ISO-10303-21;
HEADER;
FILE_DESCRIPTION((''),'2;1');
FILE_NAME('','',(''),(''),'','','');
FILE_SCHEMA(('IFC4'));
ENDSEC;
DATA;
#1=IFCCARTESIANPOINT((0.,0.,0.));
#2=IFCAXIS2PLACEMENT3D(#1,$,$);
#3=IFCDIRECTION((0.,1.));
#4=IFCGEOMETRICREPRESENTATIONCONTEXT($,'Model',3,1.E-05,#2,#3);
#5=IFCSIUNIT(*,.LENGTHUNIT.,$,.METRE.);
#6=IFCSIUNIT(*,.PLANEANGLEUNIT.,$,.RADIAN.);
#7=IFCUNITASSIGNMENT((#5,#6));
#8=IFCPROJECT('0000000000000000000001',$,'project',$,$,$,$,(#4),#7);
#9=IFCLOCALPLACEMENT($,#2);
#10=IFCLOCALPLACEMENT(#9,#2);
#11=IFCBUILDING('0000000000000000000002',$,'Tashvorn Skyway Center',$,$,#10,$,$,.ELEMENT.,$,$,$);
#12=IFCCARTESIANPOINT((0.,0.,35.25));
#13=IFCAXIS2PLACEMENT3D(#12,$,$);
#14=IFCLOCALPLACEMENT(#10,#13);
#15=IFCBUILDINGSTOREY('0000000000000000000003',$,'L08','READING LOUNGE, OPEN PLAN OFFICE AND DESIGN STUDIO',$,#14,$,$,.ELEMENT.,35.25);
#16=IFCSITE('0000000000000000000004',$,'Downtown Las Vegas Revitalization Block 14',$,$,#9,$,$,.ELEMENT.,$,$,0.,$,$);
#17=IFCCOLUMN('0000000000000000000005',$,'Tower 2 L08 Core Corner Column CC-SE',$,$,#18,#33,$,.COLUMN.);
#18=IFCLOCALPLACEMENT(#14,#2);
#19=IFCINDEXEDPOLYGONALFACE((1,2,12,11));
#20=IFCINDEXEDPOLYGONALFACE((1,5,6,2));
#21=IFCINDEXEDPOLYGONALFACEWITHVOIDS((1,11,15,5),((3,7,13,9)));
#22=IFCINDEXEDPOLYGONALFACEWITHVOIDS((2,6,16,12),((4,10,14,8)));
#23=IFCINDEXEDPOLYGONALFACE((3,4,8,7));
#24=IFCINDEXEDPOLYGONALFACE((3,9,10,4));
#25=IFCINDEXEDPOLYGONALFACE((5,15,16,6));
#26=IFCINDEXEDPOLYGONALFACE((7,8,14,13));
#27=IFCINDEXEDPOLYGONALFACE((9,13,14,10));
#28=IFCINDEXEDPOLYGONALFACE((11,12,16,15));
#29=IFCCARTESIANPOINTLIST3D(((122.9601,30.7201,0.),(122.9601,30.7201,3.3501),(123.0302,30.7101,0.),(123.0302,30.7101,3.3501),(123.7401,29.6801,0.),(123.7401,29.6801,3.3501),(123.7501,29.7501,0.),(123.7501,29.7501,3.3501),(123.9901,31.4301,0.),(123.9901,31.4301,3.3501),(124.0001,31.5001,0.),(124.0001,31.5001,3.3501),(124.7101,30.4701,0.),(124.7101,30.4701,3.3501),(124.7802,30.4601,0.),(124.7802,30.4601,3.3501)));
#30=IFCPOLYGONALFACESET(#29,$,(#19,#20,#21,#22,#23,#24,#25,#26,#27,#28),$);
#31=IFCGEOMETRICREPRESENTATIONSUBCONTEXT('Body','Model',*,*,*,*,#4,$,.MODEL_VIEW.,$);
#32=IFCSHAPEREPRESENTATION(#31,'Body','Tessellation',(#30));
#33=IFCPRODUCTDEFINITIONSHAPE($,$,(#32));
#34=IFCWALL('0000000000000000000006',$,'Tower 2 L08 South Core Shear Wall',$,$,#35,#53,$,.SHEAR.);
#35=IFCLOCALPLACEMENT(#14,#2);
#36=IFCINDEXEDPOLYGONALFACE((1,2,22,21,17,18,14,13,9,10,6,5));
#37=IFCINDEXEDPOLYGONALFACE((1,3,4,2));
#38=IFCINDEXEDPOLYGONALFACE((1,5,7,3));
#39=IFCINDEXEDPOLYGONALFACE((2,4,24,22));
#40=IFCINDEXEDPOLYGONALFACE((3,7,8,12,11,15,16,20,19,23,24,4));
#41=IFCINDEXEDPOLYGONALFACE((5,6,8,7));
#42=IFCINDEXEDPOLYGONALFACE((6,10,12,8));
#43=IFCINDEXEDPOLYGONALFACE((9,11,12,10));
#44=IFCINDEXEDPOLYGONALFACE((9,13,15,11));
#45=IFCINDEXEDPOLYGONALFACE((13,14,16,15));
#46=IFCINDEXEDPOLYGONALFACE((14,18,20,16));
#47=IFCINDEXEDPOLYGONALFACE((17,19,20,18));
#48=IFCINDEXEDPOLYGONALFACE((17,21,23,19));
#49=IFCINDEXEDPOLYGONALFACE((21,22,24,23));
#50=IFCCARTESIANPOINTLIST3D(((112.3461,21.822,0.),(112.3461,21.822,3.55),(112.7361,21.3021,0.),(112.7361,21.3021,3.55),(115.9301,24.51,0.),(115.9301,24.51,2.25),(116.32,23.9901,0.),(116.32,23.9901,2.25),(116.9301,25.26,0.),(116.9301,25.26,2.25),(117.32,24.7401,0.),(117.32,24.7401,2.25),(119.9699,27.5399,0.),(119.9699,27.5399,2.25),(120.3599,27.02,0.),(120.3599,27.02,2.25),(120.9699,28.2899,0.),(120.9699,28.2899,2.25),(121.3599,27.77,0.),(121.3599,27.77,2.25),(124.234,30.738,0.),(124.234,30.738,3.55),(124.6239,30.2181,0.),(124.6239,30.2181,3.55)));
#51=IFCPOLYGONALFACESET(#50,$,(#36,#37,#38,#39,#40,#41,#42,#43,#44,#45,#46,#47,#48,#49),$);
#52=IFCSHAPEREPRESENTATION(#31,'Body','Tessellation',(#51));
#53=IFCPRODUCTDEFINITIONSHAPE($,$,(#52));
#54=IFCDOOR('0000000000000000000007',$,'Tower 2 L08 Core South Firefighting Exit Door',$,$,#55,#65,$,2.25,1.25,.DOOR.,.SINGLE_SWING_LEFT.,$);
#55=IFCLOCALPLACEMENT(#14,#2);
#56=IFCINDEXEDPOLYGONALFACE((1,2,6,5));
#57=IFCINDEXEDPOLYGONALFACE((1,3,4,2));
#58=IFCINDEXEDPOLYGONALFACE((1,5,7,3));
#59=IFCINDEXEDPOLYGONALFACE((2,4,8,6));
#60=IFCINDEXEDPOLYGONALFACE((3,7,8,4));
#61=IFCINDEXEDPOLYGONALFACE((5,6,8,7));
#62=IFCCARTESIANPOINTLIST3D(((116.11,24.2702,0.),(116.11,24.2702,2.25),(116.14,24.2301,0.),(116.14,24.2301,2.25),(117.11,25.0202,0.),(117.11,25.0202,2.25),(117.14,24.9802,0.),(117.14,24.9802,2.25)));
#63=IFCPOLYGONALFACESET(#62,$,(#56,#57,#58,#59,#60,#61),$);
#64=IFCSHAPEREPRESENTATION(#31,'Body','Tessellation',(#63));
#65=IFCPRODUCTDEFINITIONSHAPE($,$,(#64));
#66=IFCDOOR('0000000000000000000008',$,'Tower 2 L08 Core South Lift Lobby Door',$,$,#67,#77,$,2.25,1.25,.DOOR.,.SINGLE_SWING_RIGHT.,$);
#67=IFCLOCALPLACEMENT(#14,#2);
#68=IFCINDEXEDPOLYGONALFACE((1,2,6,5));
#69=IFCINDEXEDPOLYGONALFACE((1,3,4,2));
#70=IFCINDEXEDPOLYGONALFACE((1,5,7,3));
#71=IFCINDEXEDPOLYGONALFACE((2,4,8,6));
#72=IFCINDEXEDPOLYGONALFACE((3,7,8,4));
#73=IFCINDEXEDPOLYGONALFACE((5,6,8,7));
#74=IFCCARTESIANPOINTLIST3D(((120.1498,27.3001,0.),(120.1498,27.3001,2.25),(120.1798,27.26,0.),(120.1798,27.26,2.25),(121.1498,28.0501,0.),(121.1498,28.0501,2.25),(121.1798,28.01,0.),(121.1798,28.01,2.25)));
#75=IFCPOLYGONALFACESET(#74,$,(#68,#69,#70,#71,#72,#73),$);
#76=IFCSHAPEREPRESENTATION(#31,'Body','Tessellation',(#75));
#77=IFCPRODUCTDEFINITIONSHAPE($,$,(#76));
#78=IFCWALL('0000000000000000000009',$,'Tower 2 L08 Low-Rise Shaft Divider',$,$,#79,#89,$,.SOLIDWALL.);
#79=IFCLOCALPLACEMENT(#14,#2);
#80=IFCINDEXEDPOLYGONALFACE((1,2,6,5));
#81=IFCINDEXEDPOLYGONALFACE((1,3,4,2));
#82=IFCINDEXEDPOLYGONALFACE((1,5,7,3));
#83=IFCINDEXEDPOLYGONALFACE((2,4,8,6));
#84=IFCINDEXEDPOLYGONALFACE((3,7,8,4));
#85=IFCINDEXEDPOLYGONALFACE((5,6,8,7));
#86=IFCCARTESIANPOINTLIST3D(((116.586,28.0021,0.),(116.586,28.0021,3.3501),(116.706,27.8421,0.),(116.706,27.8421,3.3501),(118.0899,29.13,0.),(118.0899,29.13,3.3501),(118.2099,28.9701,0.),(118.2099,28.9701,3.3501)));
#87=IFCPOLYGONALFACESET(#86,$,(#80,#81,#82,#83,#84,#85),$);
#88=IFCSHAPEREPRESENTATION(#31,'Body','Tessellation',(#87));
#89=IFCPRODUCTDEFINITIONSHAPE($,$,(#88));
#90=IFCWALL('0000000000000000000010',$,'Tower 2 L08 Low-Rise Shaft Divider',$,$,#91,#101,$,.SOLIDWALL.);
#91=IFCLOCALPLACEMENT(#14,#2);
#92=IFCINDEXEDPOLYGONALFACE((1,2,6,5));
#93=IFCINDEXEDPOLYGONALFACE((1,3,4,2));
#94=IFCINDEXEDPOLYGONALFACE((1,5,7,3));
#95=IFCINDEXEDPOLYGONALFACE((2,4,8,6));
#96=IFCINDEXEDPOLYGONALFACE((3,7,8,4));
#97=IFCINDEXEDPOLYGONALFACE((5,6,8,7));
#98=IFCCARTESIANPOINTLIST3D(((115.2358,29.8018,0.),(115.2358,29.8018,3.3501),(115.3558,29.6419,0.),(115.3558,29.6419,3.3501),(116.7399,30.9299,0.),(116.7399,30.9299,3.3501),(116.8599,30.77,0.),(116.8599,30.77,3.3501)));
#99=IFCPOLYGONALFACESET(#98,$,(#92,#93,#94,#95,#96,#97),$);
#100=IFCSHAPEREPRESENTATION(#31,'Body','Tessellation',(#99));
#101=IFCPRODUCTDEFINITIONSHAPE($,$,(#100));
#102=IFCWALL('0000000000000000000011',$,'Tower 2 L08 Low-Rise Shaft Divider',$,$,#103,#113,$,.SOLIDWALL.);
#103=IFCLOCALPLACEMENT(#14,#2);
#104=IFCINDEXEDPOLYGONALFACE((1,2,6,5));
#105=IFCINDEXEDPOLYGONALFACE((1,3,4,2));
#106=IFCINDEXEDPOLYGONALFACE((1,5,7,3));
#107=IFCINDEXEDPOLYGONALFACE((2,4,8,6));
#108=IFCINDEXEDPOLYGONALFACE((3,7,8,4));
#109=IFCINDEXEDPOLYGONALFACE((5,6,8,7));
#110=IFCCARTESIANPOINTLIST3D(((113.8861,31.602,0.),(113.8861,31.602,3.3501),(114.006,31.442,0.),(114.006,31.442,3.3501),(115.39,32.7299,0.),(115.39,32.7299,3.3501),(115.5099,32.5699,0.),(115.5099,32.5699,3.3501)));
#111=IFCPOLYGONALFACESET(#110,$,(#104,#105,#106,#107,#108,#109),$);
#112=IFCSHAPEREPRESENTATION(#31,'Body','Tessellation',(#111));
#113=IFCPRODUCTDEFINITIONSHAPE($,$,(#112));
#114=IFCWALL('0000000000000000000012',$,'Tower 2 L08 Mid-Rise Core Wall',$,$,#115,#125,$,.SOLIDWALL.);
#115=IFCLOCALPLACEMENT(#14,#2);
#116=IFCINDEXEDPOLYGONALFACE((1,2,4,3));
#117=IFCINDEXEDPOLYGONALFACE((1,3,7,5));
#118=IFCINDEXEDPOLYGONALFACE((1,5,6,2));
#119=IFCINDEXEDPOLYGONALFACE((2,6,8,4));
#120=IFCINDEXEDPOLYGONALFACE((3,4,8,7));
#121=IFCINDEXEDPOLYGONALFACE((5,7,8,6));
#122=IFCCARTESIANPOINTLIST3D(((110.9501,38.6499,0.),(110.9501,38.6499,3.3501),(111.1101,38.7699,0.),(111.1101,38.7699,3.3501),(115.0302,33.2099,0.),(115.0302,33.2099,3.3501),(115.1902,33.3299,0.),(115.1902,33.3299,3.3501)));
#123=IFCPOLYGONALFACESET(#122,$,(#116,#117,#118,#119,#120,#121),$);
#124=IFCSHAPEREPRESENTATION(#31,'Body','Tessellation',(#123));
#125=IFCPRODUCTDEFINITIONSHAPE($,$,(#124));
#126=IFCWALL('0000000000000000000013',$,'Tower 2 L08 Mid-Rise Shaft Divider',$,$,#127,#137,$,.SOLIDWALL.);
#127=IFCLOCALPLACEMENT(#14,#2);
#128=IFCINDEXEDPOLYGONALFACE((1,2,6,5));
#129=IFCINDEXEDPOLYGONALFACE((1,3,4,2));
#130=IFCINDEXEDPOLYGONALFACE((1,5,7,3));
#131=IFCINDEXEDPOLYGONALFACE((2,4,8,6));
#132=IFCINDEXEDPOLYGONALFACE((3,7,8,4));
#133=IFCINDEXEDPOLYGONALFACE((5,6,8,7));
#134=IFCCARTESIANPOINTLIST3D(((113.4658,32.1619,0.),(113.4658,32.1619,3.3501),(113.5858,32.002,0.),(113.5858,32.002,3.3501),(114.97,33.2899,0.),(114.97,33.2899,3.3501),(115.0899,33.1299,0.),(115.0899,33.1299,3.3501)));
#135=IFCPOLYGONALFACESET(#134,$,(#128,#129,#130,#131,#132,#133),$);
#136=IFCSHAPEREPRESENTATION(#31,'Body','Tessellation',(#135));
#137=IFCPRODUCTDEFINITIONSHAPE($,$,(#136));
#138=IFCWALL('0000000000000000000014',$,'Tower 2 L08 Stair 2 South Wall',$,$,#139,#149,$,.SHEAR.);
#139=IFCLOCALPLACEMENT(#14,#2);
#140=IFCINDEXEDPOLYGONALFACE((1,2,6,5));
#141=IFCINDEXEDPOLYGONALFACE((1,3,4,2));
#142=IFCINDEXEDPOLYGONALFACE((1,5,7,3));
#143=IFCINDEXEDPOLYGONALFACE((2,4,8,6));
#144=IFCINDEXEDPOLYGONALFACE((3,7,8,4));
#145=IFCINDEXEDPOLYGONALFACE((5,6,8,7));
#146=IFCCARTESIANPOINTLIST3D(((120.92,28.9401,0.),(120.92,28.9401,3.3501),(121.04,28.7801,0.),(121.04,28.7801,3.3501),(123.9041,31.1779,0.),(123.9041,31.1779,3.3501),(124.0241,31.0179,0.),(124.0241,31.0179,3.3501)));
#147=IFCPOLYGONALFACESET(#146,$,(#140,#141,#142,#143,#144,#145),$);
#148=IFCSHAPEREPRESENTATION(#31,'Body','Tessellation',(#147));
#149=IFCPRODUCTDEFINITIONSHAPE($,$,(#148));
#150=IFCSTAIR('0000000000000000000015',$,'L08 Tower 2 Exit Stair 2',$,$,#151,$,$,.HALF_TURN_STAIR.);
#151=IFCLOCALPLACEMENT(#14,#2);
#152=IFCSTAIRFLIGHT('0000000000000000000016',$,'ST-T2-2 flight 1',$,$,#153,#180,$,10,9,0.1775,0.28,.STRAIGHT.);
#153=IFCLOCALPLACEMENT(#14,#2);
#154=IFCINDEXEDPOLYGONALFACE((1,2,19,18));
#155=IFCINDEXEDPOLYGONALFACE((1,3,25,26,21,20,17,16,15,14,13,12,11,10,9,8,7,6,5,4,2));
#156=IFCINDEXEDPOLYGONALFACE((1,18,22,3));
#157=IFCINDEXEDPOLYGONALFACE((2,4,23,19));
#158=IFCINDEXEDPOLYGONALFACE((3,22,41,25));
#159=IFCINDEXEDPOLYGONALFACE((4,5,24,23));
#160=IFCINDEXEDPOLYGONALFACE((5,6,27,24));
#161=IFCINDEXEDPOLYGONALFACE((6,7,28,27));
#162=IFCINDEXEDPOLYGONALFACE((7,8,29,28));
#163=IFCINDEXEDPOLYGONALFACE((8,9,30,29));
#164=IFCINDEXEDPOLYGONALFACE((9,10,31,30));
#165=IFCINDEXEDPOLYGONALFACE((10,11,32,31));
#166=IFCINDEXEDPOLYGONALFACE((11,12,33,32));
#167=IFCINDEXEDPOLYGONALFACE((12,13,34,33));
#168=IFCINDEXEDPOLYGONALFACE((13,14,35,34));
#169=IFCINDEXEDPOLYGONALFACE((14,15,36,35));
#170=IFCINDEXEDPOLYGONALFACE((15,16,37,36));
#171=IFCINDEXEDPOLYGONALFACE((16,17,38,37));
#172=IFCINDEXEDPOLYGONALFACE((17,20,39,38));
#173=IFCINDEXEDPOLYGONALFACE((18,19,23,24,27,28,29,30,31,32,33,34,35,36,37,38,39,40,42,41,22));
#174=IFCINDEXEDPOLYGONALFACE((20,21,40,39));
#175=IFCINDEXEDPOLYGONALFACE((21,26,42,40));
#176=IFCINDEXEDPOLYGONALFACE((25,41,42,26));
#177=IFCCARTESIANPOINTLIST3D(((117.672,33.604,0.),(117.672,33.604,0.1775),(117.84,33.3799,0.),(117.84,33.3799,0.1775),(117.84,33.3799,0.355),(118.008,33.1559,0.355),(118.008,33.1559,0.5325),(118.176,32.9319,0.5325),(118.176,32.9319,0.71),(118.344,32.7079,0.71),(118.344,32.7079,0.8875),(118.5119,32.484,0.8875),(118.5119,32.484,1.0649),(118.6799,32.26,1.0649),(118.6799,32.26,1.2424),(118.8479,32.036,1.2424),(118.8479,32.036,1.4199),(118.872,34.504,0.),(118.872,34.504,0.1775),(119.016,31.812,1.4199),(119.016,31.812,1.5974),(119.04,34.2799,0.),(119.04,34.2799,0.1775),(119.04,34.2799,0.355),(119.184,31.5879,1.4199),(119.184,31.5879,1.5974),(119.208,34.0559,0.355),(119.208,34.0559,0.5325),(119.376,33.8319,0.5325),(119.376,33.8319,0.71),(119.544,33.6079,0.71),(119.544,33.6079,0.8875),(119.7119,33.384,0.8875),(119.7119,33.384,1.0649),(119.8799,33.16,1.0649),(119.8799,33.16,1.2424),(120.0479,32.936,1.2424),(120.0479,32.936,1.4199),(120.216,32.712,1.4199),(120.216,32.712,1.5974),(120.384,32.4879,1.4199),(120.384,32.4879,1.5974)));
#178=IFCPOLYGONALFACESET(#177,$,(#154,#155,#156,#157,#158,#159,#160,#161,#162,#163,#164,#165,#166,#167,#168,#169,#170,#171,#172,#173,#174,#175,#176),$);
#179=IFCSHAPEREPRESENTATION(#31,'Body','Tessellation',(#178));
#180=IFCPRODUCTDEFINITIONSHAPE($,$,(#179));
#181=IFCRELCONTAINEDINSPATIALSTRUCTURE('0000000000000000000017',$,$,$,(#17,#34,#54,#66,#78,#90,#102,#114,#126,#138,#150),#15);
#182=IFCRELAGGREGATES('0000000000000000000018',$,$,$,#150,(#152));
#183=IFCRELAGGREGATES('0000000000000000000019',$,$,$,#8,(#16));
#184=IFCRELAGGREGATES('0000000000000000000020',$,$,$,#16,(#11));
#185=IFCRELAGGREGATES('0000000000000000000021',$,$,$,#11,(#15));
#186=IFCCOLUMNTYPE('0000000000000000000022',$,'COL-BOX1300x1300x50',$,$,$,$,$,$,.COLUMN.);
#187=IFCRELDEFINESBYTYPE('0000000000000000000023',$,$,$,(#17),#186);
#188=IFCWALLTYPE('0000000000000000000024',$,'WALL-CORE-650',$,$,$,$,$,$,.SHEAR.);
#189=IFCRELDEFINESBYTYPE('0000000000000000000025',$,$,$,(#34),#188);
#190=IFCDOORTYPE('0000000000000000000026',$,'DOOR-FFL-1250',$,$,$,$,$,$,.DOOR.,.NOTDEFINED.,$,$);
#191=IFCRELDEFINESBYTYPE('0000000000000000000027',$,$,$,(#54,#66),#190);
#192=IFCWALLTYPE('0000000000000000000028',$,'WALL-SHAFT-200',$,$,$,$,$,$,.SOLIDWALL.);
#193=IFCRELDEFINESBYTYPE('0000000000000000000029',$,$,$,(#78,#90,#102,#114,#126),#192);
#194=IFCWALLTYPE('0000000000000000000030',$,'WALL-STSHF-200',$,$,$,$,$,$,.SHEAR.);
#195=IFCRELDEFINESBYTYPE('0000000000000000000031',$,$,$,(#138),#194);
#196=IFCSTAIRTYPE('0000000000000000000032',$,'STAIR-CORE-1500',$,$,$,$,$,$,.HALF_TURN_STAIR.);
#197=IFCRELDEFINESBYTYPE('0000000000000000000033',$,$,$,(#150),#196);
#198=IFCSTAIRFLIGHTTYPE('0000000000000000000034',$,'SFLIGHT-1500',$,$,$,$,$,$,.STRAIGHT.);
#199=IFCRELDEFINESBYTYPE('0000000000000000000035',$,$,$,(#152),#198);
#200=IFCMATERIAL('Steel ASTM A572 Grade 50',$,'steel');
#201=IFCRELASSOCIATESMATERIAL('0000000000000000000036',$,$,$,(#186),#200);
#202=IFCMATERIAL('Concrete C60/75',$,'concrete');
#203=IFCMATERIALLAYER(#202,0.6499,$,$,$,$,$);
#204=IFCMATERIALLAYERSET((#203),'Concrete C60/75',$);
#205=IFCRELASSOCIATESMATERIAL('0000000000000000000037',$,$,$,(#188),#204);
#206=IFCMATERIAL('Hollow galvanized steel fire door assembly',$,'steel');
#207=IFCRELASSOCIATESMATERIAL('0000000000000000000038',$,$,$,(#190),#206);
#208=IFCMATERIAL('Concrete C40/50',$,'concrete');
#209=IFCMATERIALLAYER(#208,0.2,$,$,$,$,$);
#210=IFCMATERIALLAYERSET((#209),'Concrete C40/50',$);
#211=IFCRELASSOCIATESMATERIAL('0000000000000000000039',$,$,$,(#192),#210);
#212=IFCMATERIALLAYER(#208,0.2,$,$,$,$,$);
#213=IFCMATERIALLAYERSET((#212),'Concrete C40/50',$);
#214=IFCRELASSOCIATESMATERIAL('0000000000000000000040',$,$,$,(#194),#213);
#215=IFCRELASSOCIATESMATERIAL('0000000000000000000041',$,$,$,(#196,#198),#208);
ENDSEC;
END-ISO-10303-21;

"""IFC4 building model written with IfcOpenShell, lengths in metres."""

from ifc_helpers import new_model, si_unit, direction, frame, frame_2d, origin, origin_2d, place, context, subcontext, project, spatial, polyline, rectangle, hollow_rectangle, outline, extrude, material, layer, layer_set, material_profile, profile_set, type_object, element, fill, aggregate, save


model = new_model("IFC4")

# Units and contexts
model_context = context("Model", 3, precision=1e-05, world=origin(), true_north=direction((0.0, 1.0)))
body_context = subcontext(model_context, "Body", "Model", "MODEL_VIEW")
ifc_project = project(units=[si_unit("LENGTHUNIT", "METRE"), si_unit("PLANEANGLEUNIT", "RADIAN")], contexts=[model_context])

# Site, building, storey
site_placement = place(None, origin())
site = spatial("IfcSite", under=ifc_project, at=site_placement, Name="Downtown Las Vegas Revitalization Block 14", CompositionType="ELEMENT", RefElevation=0.0)
building_placement = place(site_placement, origin())
building = spatial("IfcBuilding", under=site, at=building_placement, Name="Tashvorn Skyway Center", CompositionType="ELEMENT")
storey_placement = place(building_placement, frame((0.0, 0.0, 35.25)))
storey = spatial("IfcBuildingStorey", under=building, at=storey_placement, Name="L08", Description="READING LOUNGE, OPEN PLAN OFFICE AND DESIGN STUDIO", CompositionType="ELEMENT", Elevation=35.25)

# Column
ifc_material_1 = material(Name="Steel ASTM A572 Grade 50", Category="steel")
ifc_material_profile = material_profile(ifc_material_1, hollow_rectangle(XDim=1.3, YDim=1.3, WallThickness=0.05, at=origin_2d()), Name="BOX1300x1300x50")
ifc_profile_set = profile_set([ifc_material_profile], Name="Steel ASTM A572 Grade 50")
column_type = type_object("IfcColumnType", Name="COL-BOX1300x1300x50", PredefinedType="COLUMN", material=ifc_profile_set)
column_placement = place(storey_placement, frame((123.8701, 30.5901, 0.0), z_axis=(0.0, 0.0, 1.0), x_axis=(0.8, 0.6, 0.0)))
element("IfcColumn", 1, at=column_placement, inside=storey, type_object=column_type, Name="Tower 2 L08 Core Corner Column CC-SE", PredefinedType="COLUMN", context=body_context, shape_type="SweptSolid", body=[
    extrude(hollow_rectangle(XDim=1.3, YDim=1.3, WallThickness=0.05, at=origin_2d()), origin(), (0.0, 0.0, 1.0), 3.3501),
])

# Wall, openings, doors
ifc_material_2 = material(Name="Concrete C60/75", Category="concrete")
ifc_layer_1 = layer(ifc_material_2, 0.6499)
ifc_layer_set_1 = layer_set([ifc_layer_1], Name="Concrete C60/75")
wall_type_1 = type_object("IfcWallType", Name="WALL-CORE-650", PredefinedType="SHEAR", material=ifc_layer_set_1)
wall_1_placement = place(storey_placement, frame((124.429, 30.478, 0.0), z_axis=(0.0, 0.0, 1.0), x_axis=(-0.799998, -0.600003, 0.0)))
wall_1 = element("IfcWall", 2, at=wall_1_placement, inside=storey, type_object=wall_type_1, Name="Tower 2 L08 South Core Shear Wall", PredefinedType="SHEAR", context=body_context, shape_type="SweptSolid", body=[
    extrude(rectangle(XDim=14.8599, YDim=0.6499, at=frame_2d((7.4299, 0.0))), origin(), (0.0, 0.0, 1.0), 3.55),
])
opening_1_placement = place(wall_1_placement, frame((9.1299, 0.0, 0.0)))
opening_1 = element("IfcOpeningElement", 3, at=opening_1_placement, cuts=wall_1, PredefinedType="OPENING", context=body_context, shape_type="SweptSolid", body=[
    extrude(rectangle(XDim=1.25, YDim=2.25, at=frame_2d((0.625, 1.125))), frame((0.0, 0.335, 0.0), z_axis=(0.0, -1.0, 0.0), x_axis=(1.0, 0.0, 0.0)), (0.0, 0.0, 1.0), 0.6699),
])
opening_2_placement = place(wall_1_placement, frame((4.0801, 0.0, 0.0)))
opening_2 = element("IfcOpeningElement", 4, at=opening_2_placement, cuts=wall_1, PredefinedType="OPENING", context=body_context, shape_type="SweptSolid", body=[
    extrude(rectangle(XDim=1.25, YDim=2.25, at=frame_2d((0.625, 1.125))), frame((0.0, 0.335, 0.0), z_axis=(0.0, -1.0, 0.0), x_axis=(1.0, 0.0, 0.0)), (0.0, 0.0, 1.0), 0.6699),
])
ifc_material_3 = material(Name="Hollow galvanized steel fire door assembly", Category="steel")
door_type = type_object("IfcDoorType", Name="DOOR-FFL-1250", OperationType="NOTDEFINED", PredefinedType="DOOR", material=ifc_material_3)
door_1_placement = place(opening_1_placement, origin())
door_1 = element("IfcDoor", 5, at=door_1_placement, inside=storey, type_object=door_type, Name="Tower 2 L08 Core South Firefighting Exit Door", OperationType="SINGLE_SWING_LEFT", OverallHeight=2.25, OverallWidth=1.25, PredefinedType="DOOR", context=body_context, shape_type="SweptSolid", body=[
    extrude(rectangle(XDim=1.25, YDim=2.25, at=frame_2d((0.625, 1.125))), frame((0.0, 0.0249, 0.0), z_axis=(0.0, -1.0, 0.0), x_axis=(1.0, 0.0, 0.0)), (0.0, 0.0, 1.0), 0.05),
])
fill(opening_1, door_1)
door_2_placement = place(opening_2_placement, origin())
door_2 = element("IfcDoor", 6, at=door_2_placement, inside=storey, type_object=door_type, Name="Tower 2 L08 Core South Lift Lobby Door", OperationType="SINGLE_SWING_RIGHT", OverallHeight=2.25, OverallWidth=1.25, PredefinedType="DOOR", context=body_context, shape_type="SweptSolid", body=[
    extrude(rectangle(XDim=1.25, YDim=2.25, at=frame_2d((0.625, 1.125))), frame((0.0, 0.0249, 0.0), z_axis=(0.0, -1.0, 0.0), x_axis=(1.0, 0.0, 0.0)), (0.0, 0.0, 1.0), 0.05),
])
fill(opening_2, door_2)

# Walls
ifc_material_4 = material(Name="Concrete C40/50", Category="concrete")
ifc_layer_2 = layer(ifc_material_4, 0.2)
ifc_layer_set_2 = layer_set([ifc_layer_2], Name="Concrete C40/50")
wall_type_2 = type_object("IfcWallType", Name="WALL-SHAFT-200", PredefinedType="SOLIDWALL", material=ifc_layer_set_2)
wall_2_placement = place(storey_placement, frame((116.646, 27.9221, 0.0), z_axis=(0.0, 0.0, 1.0), x_axis=(0.8, 0.6, 0.0)))
element("IfcWall", 7, at=wall_2_placement, inside=storey, type_object=wall_type_2, Name="Tower 2 L08 Low-Rise Shaft Divider", PredefinedType="SOLIDWALL", context=body_context, shape_type="SweptSolid", body=[
    extrude(rectangle(XDim=1.8799, YDim=0.2, at=frame_2d((0.9399, 0.0))), origin(), (0.0, 0.0, 1.0), 3.3501),
])
wall_3_placement = place(storey_placement, frame((115.2959, 29.7219, 0.0), z_axis=(0.0, 0.0, 1.0), x_axis=(0.799984, 0.600021, 0.0)))
element("IfcWall", 8, at=wall_3_placement, inside=storey, type_object=wall_type_2, Name="Tower 2 L08 Low-Rise Shaft Divider", PredefinedType="SOLIDWALL", context=body_context, shape_type="SweptSolid", body=[
    extrude(rectangle(XDim=1.8801, YDim=0.2, at=frame_2d((0.9399, 0.0))), origin(), (0.0, 0.0, 1.0), 3.3501),
])
wall_4_placement = place(storey_placement, frame((113.946, 31.522, 0.0), z_axis=(0.0, 0.0, 1.0), x_axis=(0.8, 0.6, 0.0)))
element("IfcWall", 9, at=wall_4_placement, inside=storey, type_object=wall_type_2, Name="Tower 2 L08 Low-Rise Shaft Divider", PredefinedType="SOLIDWALL", context=body_context, shape_type="SweptSolid", body=[
    extrude(rectangle(XDim=1.8799, YDim=0.2, at=frame_2d((0.9399, 0.0))), origin(), (0.0, 0.0, 1.0), 3.3501),
])
wall_5_placement = place(storey_placement, frame((115.1101, 33.27, 0.0), z_axis=(0.0, 0.0, 1.0), x_axis=(-0.600011, 0.799991, 0.0)))
element("IfcWall", 10, at=wall_5_placement, inside=storey, type_object=wall_type_2, Name="Tower 2 L08 Mid-Rise Core Wall", PredefinedType="SOLIDWALL", context=body_context, shape_type="SweptSolid", body=[
    extrude(rectangle(XDim=6.8, YDim=0.2, at=frame_2d((3.3999, 0.0))), origin(), (0.0, 0.0, 1.0), 3.3501),
])
wall_6_placement = place(storey_placement, frame((113.5259, 32.082, 0.0), z_axis=(0.0, 0.0, 1.0), x_axis=(0.800047, 0.599938, 0.0)))
element("IfcWall", 11, at=wall_6_placement, inside=storey, type_object=wall_type_2, Name="Tower 2 L08 Mid-Rise Shaft Divider", PredefinedType="SOLIDWALL", context=body_context, shape_type="SweptSolid", body=[
    extrude(rectangle(XDim=1.8801, YDim=0.2, at=frame_2d((0.9399, 0.0))), origin(), (0.0, 0.0, 1.0), 3.3501),
])
ifc_layer_3 = layer(ifc_material_4, 0.2)
ifc_layer_set_3 = layer_set([ifc_layer_3], Name="Concrete C40/50")
wall_type_3 = type_object("IfcWallType", Name="WALL-STSHF-200", PredefinedType="SHEAR", material=ifc_layer_set_3)
wall_7_placement = place(storey_placement, frame((120.98, 28.8601, 0.0), z_axis=(0.0, 0.0, 1.0), x_axis=(0.800039, 0.599948, 0.0)))
element("IfcWall", 12, at=wall_7_placement, inside=storey, type_object=wall_type_3, Name="Tower 2 L08 Stair 2 South Wall", PredefinedType="SHEAR", context=body_context, shape_type="SweptSolid", body=[
    extrude(rectangle(XDim=3.73, YDim=0.2, at=frame_2d((1.865, 0.0))), origin(), (0.0, 0.0, 1.0), 3.3501),
])

# Stair, stair flight
stair_type = type_object("IfcStairType", Name="STAIR-CORE-1500", PredefinedType="HALF_TURN_STAIR", material=ifc_material_4)
stair_placement = place(storey_placement, origin())
stair = element("IfcStair", 13, at=stair_placement, inside=storey, type_object=stair_type, Name="L08 Tower 2 Exit Stair 2", PredefinedType="HALF_TURN_STAIR")
stair_flight_type = type_object("IfcStairFlightType", Name="SFLIGHT-1500", PredefinedType="STRAIGHT", material=ifc_material_4)
stair_flight_1_placement = place(storey_placement, frame((118.272, 34.054, 0.0), z_axis=(0.0, 0.0, 1.0), x_axis=(0.6, -0.8, 0.0)))
stair_flight_1 = element("IfcStairFlight", 14, at=stair_flight_1_placement, type_object=stair_flight_type, Name="ST-T2-2 flight 1", NumberOfRisers=10, NumberOfTreads=9, PredefinedType="STRAIGHT", RiserHeight=0.1775, TreadLength=0.28, context=body_context, shape_type="SweptSolid", body=[
    extrude(outline(polyline([(0.0, 0.0), (0.0, 0.1775), (0.28, 0.1775), (0.28, 0.355), (0.5601, 0.355), (0.5601, 0.5325), (0.8401, 0.5325), (0.8401, 0.71), (1.1201, 0.71), (1.1201, 0.8875), (1.3999, 0.8875), (1.3999, 1.0649), (1.6799, 1.0649), (1.6799, 1.2424), (1.96, 1.2424), (1.96, 1.4199), (2.24, 1.4199), (2.24, 1.5974), (2.52, 1.5974), (2.52, 1.7749), (2.52, 1.4199), (0.28, 0.0), (0.0, 0.0)])), frame((0.0, 0.75, 0.0), z_axis=(0.0, -1.0, 0.0), x_axis=(1.0, 0.0, 0.0)), (0.0, 0.0, 1.0), 1.5),
])
aggregate(stair, [stair_flight_1])

save(model, "model.ifc")
